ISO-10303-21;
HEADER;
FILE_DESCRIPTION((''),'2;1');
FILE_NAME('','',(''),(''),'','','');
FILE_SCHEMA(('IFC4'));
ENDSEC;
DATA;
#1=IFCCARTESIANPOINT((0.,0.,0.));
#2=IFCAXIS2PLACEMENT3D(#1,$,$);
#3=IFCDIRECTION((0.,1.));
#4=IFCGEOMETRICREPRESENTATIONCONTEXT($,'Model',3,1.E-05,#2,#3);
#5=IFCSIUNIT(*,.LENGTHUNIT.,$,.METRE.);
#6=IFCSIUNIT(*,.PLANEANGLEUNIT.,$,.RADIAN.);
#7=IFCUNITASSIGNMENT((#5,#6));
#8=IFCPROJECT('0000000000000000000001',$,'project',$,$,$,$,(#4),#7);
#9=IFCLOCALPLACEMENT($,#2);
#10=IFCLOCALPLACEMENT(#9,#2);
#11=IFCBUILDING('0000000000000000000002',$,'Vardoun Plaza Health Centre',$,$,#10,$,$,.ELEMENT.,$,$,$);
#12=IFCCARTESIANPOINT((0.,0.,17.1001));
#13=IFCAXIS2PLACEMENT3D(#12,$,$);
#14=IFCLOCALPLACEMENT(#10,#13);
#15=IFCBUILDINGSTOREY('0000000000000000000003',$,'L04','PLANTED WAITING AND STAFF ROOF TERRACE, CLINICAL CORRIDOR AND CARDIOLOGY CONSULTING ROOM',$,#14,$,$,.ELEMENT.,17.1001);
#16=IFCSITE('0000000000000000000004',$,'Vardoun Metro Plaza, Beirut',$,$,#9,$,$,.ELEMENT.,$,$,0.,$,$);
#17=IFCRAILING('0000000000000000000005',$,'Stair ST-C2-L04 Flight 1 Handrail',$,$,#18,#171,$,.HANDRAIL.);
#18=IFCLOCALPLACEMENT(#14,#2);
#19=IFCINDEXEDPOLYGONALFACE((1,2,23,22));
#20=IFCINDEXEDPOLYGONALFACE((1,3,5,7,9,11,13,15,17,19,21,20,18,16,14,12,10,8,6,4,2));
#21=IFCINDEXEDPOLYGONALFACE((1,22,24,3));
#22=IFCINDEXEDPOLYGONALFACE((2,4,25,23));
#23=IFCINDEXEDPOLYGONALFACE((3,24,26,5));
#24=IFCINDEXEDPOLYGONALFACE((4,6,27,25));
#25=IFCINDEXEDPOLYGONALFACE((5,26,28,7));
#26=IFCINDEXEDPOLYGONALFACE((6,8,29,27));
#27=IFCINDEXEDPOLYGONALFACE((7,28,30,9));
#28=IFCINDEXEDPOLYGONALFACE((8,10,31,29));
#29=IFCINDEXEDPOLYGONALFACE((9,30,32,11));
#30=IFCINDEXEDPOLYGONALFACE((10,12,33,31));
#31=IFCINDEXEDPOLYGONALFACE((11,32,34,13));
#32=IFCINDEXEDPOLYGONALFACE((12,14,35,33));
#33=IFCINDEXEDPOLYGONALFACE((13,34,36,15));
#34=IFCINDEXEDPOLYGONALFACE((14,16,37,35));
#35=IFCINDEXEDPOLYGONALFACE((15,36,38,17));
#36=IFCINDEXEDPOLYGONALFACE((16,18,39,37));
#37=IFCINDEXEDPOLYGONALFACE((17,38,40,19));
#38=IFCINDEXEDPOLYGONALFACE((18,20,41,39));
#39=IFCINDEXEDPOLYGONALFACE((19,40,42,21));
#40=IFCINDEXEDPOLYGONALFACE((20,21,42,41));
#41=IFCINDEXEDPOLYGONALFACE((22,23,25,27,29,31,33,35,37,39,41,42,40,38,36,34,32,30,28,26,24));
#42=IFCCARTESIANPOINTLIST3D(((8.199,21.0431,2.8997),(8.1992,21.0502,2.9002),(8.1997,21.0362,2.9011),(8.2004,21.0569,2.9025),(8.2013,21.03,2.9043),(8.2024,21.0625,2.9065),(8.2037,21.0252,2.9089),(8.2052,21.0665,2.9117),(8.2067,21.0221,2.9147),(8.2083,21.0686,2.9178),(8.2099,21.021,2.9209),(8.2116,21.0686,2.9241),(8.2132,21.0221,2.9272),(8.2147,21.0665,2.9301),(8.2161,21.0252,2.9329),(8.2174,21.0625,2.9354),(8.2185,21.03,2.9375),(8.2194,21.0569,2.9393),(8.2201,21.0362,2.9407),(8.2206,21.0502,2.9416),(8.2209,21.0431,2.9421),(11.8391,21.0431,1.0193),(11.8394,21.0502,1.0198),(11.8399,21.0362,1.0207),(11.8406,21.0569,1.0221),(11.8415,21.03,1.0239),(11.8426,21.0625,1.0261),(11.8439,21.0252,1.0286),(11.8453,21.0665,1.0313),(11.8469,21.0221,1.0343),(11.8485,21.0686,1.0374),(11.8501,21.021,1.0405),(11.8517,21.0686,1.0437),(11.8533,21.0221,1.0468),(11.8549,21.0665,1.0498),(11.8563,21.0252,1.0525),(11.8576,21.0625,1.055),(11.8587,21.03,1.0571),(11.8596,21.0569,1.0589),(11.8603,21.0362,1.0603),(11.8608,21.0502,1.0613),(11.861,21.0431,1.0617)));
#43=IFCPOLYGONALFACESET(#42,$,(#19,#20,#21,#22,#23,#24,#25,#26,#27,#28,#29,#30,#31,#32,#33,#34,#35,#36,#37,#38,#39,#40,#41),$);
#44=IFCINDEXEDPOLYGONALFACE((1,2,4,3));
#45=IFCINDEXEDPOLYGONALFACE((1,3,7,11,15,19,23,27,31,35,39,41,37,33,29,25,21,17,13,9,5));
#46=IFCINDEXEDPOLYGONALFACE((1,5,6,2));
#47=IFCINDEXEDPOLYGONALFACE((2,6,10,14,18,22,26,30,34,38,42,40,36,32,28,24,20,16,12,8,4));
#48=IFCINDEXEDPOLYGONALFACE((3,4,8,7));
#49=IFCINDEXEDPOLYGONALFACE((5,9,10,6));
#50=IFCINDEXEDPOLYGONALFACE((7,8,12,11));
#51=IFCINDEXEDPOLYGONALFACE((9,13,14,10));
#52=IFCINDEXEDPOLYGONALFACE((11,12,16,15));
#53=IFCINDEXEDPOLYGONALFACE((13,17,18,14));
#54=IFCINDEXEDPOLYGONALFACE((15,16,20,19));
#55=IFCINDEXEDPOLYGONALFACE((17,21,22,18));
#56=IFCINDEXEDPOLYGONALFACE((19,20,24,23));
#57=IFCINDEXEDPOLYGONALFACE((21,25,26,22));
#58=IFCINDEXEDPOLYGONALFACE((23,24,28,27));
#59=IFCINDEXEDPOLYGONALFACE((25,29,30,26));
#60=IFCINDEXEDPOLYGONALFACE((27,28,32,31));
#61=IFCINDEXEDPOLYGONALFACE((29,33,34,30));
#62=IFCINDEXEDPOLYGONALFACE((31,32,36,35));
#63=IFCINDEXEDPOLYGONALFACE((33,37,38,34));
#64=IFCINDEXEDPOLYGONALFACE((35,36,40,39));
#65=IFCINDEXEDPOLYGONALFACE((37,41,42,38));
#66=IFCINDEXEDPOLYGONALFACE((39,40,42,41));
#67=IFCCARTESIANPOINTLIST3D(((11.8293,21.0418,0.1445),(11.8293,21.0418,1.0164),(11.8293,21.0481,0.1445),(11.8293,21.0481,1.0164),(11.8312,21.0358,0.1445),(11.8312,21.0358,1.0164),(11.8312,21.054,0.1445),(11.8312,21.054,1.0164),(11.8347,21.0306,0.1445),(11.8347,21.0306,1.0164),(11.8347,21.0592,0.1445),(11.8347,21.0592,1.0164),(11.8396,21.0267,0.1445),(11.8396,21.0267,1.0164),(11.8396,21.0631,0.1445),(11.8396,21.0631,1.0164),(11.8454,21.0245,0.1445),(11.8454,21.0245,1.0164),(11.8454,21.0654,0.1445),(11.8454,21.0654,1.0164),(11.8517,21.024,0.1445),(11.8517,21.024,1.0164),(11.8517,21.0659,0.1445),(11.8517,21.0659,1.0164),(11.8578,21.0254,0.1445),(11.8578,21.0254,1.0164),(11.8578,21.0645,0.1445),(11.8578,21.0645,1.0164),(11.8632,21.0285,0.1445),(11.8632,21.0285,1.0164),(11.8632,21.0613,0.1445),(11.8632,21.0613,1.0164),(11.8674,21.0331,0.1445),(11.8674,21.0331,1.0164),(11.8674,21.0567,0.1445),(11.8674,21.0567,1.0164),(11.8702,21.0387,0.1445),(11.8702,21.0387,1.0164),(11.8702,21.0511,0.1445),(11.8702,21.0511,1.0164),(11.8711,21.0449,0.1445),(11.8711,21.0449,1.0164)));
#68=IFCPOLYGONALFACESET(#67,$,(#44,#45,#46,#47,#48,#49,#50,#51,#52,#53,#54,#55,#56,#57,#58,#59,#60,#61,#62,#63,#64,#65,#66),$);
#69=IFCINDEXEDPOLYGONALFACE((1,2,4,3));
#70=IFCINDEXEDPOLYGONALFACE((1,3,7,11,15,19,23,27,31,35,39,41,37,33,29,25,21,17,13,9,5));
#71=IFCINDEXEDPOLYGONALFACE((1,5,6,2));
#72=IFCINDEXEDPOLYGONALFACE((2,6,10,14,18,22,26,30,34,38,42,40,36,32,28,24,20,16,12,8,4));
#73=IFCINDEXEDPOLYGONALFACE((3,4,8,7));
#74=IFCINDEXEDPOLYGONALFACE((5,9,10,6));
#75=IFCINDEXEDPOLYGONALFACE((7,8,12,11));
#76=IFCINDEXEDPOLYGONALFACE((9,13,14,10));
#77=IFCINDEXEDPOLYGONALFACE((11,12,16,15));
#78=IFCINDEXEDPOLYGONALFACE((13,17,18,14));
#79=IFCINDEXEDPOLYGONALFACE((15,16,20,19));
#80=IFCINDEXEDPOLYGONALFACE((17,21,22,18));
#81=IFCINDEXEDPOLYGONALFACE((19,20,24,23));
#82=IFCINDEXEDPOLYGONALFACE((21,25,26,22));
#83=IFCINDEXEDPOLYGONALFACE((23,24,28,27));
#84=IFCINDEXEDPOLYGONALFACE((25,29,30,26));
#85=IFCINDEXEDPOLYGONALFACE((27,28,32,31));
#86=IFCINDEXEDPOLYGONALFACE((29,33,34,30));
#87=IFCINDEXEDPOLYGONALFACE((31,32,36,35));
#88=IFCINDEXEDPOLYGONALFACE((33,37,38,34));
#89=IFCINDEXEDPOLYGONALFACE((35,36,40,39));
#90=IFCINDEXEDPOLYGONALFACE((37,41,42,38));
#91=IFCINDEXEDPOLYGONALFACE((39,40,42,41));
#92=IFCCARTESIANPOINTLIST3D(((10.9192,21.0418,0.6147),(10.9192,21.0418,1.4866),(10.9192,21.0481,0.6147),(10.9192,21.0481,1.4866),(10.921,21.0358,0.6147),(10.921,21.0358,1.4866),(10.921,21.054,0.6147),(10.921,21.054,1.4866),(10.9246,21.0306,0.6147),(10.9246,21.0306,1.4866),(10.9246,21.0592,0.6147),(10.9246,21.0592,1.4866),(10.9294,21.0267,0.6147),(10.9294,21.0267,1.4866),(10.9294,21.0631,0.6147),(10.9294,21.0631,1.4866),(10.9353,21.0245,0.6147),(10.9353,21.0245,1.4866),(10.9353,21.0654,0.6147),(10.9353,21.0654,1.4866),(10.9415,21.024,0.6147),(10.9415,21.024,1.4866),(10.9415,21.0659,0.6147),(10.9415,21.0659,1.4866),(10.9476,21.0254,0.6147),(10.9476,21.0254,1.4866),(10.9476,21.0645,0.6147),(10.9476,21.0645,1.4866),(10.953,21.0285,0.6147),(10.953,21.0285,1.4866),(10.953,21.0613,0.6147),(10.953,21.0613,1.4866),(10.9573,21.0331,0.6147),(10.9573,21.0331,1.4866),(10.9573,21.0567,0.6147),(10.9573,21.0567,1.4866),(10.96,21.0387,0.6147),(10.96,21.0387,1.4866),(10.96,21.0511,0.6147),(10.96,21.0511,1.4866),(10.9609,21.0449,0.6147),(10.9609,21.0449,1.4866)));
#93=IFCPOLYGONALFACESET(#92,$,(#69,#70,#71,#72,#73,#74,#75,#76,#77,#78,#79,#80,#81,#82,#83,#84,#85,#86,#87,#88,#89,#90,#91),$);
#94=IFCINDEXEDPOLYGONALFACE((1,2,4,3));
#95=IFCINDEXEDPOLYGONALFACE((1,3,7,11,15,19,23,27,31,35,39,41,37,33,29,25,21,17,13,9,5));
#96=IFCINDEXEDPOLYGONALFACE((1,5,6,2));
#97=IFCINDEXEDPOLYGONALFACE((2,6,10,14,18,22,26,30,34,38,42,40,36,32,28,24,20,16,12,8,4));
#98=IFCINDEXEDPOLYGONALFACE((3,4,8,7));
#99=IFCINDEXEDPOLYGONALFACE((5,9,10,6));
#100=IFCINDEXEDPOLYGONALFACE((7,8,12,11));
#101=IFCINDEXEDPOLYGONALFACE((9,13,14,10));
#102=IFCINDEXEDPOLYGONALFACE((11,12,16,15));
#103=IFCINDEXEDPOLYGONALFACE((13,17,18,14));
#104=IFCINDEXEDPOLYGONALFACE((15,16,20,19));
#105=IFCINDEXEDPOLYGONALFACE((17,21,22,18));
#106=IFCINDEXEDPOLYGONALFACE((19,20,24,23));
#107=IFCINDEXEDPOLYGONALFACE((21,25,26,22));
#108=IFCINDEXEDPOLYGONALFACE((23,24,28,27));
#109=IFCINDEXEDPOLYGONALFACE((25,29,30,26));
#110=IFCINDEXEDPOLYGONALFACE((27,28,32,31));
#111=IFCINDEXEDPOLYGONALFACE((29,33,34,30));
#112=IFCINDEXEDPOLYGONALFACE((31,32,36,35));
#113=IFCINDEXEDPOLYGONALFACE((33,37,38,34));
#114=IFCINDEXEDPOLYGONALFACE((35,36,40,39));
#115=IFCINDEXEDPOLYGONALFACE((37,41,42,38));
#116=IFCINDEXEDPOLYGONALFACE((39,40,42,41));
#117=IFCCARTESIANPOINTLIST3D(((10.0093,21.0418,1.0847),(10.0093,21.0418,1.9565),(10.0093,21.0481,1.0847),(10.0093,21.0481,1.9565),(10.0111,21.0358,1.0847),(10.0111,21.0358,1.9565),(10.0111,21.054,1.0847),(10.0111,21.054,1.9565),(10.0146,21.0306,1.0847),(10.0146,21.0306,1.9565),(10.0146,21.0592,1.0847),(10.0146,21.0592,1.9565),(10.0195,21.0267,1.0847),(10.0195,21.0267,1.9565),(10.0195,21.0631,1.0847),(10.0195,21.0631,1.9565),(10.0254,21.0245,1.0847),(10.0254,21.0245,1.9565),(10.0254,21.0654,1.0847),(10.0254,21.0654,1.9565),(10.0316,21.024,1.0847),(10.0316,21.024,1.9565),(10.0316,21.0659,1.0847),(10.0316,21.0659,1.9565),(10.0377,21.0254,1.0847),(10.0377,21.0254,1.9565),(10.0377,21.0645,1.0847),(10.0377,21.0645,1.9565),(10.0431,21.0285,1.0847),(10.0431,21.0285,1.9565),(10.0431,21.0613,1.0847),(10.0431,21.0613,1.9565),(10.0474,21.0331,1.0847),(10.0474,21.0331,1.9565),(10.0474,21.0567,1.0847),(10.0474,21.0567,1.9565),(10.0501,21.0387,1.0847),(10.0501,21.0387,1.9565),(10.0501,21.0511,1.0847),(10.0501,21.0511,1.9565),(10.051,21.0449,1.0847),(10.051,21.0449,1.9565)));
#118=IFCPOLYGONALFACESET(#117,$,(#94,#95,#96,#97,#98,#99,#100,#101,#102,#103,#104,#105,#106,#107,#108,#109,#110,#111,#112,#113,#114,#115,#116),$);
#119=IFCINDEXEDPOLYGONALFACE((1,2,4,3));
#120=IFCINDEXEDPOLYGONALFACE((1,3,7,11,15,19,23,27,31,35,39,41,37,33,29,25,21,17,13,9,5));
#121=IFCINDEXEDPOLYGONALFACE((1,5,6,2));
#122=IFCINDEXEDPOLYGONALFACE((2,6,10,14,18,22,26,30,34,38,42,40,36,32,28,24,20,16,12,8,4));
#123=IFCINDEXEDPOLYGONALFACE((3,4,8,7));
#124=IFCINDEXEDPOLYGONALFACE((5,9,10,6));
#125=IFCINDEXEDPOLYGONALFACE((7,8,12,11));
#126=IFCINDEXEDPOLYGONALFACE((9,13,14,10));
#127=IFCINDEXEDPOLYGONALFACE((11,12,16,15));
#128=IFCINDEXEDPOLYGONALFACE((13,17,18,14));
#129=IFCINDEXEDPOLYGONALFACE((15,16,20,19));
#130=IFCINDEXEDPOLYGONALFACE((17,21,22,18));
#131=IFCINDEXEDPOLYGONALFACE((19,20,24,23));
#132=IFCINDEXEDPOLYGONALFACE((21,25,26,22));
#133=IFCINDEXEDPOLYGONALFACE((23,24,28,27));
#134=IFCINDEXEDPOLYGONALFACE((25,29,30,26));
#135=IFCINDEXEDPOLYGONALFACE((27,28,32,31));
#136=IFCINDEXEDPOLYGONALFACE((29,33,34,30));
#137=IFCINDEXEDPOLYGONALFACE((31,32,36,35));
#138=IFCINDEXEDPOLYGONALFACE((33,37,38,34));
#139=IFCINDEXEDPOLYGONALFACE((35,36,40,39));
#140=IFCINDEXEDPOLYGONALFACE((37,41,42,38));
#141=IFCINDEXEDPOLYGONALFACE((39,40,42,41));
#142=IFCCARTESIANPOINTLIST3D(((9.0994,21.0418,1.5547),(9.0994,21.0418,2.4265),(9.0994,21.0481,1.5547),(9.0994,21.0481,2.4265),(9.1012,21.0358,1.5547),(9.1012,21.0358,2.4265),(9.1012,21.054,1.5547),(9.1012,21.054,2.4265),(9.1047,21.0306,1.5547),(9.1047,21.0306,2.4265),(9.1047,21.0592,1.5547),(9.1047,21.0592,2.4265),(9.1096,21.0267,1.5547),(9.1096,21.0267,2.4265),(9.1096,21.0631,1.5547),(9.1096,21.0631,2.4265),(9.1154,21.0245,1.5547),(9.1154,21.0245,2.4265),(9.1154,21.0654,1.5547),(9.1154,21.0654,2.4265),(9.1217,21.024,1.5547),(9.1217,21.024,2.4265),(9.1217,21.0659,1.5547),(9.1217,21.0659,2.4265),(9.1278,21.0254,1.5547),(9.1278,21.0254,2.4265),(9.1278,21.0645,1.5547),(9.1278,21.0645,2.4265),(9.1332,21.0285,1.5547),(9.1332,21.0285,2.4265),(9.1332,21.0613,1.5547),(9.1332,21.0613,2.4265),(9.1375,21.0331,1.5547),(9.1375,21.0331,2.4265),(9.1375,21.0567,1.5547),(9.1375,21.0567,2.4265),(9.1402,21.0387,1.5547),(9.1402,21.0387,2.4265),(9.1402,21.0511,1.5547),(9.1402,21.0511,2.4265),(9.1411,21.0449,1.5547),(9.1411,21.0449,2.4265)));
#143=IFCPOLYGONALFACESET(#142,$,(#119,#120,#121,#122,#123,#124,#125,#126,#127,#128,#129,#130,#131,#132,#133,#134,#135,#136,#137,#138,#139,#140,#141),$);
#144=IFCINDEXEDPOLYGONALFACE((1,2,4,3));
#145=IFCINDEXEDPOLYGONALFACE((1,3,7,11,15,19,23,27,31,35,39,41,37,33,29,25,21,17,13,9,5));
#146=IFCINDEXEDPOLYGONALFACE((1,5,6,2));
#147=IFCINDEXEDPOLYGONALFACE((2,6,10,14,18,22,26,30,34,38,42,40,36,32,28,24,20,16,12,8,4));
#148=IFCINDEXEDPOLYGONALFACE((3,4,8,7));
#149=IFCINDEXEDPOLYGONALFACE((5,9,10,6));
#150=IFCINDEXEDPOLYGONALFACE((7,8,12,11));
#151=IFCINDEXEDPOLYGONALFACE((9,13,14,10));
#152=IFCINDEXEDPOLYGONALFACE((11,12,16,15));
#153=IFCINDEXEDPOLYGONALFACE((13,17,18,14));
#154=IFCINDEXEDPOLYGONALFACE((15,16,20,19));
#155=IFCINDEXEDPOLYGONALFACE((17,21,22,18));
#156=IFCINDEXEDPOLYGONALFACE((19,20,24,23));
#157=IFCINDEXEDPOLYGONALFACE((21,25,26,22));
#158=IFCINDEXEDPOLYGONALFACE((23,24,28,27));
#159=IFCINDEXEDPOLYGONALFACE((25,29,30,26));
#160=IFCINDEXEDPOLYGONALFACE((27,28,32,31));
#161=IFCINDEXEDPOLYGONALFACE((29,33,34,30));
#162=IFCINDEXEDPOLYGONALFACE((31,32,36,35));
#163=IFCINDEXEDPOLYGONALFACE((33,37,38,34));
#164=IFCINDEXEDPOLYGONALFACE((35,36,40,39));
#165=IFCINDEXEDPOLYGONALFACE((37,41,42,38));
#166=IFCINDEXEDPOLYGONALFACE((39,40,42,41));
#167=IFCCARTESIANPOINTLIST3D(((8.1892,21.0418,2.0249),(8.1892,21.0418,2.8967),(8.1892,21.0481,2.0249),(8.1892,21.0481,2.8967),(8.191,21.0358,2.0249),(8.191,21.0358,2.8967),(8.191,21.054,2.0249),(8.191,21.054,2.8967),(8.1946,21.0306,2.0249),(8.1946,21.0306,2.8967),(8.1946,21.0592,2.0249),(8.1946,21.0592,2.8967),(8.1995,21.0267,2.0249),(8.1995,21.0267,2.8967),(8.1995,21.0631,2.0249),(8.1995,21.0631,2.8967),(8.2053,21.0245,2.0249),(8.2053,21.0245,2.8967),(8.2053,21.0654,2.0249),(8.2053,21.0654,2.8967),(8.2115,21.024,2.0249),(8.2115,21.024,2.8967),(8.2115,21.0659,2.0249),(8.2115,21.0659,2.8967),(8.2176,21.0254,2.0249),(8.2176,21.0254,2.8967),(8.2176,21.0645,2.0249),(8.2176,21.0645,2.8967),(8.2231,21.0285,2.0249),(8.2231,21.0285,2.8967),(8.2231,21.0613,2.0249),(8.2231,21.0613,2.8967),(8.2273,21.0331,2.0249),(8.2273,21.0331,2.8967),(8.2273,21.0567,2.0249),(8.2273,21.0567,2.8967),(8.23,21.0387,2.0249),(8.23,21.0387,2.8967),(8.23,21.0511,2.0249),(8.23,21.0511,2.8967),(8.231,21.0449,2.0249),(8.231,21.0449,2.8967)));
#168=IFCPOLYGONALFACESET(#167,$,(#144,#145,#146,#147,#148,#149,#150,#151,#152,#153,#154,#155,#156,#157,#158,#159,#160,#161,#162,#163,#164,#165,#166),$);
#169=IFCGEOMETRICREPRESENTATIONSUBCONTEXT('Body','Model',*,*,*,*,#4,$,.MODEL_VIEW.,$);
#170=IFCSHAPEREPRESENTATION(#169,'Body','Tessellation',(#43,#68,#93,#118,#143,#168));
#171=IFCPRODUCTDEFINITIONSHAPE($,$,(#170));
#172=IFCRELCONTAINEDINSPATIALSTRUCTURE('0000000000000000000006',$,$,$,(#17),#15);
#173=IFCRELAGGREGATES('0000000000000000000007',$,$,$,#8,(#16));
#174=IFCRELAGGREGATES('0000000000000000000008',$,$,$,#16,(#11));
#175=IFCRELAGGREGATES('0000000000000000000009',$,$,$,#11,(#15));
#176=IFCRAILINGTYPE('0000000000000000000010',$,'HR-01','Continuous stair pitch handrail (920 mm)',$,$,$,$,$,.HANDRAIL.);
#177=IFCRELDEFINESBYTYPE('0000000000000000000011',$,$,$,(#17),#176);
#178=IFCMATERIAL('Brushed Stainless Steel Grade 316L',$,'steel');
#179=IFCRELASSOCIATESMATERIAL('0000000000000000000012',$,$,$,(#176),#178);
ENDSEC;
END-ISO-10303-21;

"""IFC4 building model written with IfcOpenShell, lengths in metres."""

from ifc_helpers import new_model, si_unit, direction, frame, origin, origin_2d, place, context, subcontext, project, spatial, circle, extrude, material, type_object, element, save


model = new_model("IFC4")

# Units and contexts
model_context = context("Model", 3, precision=1e-05, world=origin(), true_north=direction((0.0, 1.0)))
body_context = subcontext(model_context, "Body", "Model", "MODEL_VIEW")
ifc_project = project(units=[si_unit("LENGTHUNIT", "METRE"), si_unit("PLANEANGLEUNIT", "RADIAN")], contexts=[model_context])

# Site, building, storey
site_placement = place(None, origin())
site = spatial("IfcSite", under=ifc_project, at=site_placement, Name="Vardoun Metro Plaza, Beirut", CompositionType="ELEMENT", RefElevation=0.0)
building_placement = place(site_placement, origin())
building = spatial("IfcBuilding", under=site, at=building_placement, Name="Vardoun Plaza Health Centre", CompositionType="ELEMENT")
storey_placement = place(building_placement, frame((0.0, 0.0, 17.1001)))
storey = spatial("IfcBuildingStorey", under=building, at=storey_placement, Name="L04", Description="PLANTED WAITING AND STAFF ROOF TERRACE, CLINICAL CORRIDOR AND CARDIOLOGY CONSULTING ROOM", CompositionType="ELEMENT", Elevation=17.1001)

# Railing
ifc_material_1 = material(Name="Brushed Stainless Steel Grade 316L", Category="steel")
railing_type_1 = type_object("IfcRailingType", Name="HR-01", Description="Continuous stair pitch handrail (920 mm)", PredefinedType="HANDRAIL", material=ifc_material_1)
railing_1_placement = place(storey_placement, frame((11.8501, 21.0449, 0.1445)))
element("IfcRailing", 1, at=railing_1_placement, inside=storey, type_object=railing_type_1, Name="Stair ST-C2-L04 Flight 1 Handrail", PredefinedType="HANDRAIL", context=body_context, shape_type="SweptSolid", body=[
    extrude(circle(Radius=0.0239, at=origin_2d()), frame((0.0, 0.0, 0.896), z_axis=(-0.888462, 0.0, 0.45895), x_axis=(0.0, -1.0, 0.0)), (0.0, 0.0, 1.0), 4.0972),
    extrude(circle(Radius=0.021, at=origin_2d()), origin(), (0.0, 0.0, 1.0), 0.8718),
    extrude(circle(Radius=0.021, at=origin_2d()), frame((-0.9102, 0.0, 0.4702)), (0.0, 0.0, 1.0), 0.8718),
    extrude(circle(Radius=0.021, at=origin_2d()), frame((-1.8201, 0.0, 0.9402)), (0.0, 0.0, 1.0), 0.8718),
    extrude(circle(Radius=0.021, at=origin_2d()), frame((-2.73, 0.0, 1.4102)), (0.0, 0.0, 1.0), 0.8718),
    extrude(circle(Radius=0.021, at=origin_2d()), frame((-3.6401, 0.0, 1.8804)), (0.0, 0.0, 1.0), 0.8718),
])

save(model, "model.ifc")
